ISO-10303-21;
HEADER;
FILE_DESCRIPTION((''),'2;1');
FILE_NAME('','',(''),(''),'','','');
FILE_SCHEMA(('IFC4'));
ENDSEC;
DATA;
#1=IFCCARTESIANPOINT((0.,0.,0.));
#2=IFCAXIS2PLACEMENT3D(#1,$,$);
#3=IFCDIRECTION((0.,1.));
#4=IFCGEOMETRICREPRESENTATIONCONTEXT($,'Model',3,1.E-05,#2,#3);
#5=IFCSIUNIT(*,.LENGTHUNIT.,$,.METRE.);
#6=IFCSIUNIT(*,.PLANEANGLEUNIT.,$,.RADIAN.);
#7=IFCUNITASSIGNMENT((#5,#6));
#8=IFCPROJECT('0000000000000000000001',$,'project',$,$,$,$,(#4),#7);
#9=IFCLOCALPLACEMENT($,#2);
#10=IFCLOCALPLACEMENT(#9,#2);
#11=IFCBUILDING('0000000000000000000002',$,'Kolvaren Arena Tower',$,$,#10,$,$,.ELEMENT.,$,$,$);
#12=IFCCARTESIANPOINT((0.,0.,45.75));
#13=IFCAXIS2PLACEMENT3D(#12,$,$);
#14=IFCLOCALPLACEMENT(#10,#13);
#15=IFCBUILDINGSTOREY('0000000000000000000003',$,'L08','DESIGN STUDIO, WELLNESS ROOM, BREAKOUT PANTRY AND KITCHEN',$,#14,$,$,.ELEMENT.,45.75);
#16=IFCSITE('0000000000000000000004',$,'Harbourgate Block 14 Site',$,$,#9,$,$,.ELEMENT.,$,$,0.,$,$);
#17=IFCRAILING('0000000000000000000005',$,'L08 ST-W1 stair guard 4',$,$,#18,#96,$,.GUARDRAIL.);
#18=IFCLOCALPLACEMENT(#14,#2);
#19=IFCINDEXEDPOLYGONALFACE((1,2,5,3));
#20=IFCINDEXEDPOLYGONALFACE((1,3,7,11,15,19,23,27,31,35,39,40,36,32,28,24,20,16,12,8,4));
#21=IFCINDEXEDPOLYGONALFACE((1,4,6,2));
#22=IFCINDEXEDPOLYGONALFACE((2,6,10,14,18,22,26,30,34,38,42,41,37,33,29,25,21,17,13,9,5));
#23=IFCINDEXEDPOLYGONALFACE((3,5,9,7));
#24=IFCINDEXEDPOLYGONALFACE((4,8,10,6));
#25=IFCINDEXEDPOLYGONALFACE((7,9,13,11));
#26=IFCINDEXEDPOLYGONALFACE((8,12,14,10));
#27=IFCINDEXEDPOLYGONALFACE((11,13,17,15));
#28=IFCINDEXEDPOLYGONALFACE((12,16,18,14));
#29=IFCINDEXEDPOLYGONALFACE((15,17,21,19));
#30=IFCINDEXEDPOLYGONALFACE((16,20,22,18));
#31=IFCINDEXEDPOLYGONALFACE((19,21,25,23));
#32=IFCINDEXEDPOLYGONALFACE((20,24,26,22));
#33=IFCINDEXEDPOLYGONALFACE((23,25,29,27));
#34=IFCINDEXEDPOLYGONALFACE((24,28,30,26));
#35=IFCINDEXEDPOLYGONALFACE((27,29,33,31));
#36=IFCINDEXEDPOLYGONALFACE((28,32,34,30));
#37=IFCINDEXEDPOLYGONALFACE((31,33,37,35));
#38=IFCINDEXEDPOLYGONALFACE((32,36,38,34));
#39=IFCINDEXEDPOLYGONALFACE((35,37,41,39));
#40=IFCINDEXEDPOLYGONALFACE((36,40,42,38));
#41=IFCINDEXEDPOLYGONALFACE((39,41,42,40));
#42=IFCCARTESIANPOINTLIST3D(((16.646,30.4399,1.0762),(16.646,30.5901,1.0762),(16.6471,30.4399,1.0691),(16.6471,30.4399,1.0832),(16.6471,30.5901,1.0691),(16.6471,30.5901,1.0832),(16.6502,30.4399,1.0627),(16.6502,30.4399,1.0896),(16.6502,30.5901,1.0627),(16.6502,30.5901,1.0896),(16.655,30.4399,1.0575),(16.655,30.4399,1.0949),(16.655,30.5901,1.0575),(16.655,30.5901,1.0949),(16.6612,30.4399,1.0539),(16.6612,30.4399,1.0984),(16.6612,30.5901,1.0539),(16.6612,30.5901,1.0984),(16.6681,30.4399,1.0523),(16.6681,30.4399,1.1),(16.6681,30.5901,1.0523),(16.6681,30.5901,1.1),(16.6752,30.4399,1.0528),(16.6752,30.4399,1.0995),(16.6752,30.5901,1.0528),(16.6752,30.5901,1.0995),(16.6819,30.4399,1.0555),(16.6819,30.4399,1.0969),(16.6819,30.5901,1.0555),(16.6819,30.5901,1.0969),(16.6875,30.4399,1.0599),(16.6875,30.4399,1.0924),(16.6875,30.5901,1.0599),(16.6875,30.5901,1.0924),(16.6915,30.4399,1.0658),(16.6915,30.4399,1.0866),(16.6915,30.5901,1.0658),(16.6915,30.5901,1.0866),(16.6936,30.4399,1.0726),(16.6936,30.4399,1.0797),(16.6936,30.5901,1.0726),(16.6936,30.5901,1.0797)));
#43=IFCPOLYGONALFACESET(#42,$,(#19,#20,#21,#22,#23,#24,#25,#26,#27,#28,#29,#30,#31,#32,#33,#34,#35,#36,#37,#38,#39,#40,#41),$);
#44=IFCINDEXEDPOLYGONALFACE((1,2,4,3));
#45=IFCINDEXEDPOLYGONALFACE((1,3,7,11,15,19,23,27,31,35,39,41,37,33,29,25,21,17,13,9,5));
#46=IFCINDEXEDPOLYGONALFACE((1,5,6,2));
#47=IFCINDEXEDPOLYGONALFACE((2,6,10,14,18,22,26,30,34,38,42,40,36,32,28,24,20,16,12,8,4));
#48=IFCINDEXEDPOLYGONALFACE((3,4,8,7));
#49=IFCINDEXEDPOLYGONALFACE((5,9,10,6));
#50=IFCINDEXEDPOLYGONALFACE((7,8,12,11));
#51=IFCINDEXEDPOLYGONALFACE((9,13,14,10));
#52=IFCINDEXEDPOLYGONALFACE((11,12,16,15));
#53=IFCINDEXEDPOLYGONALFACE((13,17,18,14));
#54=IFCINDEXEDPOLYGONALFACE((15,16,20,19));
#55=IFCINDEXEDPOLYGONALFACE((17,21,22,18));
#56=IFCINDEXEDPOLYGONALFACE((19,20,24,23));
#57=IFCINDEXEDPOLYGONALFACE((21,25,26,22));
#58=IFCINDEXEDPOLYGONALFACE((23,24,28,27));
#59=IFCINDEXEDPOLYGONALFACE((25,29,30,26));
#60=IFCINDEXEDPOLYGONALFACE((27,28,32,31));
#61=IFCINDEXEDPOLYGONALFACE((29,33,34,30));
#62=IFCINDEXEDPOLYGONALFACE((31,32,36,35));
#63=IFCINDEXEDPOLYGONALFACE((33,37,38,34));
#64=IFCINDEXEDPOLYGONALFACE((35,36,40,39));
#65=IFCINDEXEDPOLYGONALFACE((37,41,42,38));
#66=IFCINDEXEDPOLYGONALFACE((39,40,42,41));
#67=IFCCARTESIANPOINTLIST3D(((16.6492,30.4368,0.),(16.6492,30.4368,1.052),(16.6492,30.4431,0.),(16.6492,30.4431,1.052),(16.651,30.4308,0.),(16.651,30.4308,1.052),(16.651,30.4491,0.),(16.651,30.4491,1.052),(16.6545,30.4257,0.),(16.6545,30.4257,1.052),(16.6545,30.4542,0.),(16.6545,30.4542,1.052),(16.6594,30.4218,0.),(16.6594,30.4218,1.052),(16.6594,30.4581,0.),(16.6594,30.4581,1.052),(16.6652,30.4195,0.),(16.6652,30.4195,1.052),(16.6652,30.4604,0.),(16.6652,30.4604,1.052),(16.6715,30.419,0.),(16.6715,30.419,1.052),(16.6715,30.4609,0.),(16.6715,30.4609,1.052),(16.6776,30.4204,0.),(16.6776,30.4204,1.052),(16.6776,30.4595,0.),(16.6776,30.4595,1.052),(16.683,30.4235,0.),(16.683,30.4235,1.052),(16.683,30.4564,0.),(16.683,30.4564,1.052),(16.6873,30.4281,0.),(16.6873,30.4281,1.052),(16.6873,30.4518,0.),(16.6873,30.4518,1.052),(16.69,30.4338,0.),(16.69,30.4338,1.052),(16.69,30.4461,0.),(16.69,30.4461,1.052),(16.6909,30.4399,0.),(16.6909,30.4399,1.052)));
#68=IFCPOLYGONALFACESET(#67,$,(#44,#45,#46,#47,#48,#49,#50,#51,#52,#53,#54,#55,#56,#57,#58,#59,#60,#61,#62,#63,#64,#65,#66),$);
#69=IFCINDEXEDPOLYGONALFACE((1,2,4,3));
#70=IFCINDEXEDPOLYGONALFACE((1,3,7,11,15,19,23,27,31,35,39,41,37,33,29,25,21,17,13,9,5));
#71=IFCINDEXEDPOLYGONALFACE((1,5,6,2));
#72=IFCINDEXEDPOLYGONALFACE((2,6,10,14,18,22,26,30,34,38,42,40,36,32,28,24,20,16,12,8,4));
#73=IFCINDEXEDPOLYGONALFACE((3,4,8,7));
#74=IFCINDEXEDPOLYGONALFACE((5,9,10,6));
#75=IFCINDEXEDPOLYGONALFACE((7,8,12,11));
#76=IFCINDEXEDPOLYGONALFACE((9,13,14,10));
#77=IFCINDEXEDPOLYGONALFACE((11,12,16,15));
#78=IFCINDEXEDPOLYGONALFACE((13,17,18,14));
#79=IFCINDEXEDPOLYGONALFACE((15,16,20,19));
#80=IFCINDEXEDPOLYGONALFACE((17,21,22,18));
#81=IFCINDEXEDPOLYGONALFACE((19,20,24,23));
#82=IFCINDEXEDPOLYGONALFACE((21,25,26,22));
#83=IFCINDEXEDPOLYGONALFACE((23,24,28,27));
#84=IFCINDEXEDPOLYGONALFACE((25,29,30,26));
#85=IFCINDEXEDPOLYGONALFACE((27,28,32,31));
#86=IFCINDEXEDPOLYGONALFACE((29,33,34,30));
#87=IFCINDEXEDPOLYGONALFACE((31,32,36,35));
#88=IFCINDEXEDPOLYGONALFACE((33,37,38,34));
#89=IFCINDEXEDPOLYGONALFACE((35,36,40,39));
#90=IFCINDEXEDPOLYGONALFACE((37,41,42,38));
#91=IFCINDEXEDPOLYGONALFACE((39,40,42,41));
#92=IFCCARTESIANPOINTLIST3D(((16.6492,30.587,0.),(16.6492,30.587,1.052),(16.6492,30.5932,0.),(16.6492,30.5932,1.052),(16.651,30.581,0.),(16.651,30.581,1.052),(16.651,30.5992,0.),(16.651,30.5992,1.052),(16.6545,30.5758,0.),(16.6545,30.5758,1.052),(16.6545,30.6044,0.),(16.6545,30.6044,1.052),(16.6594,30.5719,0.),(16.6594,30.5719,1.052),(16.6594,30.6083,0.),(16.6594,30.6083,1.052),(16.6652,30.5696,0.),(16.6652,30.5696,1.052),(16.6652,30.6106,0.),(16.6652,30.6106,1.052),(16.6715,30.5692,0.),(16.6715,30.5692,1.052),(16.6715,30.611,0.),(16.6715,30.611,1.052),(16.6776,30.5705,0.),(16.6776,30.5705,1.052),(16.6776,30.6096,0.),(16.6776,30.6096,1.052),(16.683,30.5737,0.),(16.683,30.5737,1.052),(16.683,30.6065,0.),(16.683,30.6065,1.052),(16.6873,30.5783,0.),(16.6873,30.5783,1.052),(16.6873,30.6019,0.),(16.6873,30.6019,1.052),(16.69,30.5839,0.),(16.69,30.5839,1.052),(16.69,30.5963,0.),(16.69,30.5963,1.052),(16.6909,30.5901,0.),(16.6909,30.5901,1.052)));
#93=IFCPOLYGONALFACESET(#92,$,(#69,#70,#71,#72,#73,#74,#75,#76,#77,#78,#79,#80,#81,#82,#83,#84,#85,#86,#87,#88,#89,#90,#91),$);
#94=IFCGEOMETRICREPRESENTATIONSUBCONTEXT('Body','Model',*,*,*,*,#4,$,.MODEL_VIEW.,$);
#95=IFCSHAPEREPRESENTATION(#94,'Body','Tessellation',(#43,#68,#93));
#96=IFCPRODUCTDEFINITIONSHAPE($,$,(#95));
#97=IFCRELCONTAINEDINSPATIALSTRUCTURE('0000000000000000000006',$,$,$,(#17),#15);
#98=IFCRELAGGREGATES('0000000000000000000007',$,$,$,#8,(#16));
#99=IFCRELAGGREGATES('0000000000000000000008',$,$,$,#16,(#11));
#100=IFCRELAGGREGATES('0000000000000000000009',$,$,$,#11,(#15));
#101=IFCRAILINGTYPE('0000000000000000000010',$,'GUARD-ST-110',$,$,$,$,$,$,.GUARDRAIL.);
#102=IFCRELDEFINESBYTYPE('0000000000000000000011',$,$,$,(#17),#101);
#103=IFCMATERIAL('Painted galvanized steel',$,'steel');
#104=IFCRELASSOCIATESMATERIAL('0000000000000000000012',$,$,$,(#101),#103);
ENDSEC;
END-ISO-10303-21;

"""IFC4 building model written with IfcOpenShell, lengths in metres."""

from ifc_helpers import new_model, si_unit, direction, frame, origin, origin_2d, place, context, subcontext, project, spatial, circle, extrude, material, type_object, element, save


model = new_model("IFC4")

# Units and contexts
model_context = context("Model", 3, precision=1e-05, world=origin(), true_north=direction((0.0, 1.0)))
body_context = subcontext(model_context, "Body", "Model", "MODEL_VIEW")
ifc_project = project(units=[si_unit("LENGTHUNIT", "METRE"), si_unit("PLANEANGLEUNIT", "RADIAN")], contexts=[model_context])

# Site, building, storey
site_placement = place(None, origin())
site = spatial("IfcSite", under=ifc_project, at=site_placement, Name="Harbourgate Block 14 Site", CompositionType="ELEMENT", RefElevation=0.0)
building_placement = place(site_placement, origin())
building = spatial("IfcBuilding", under=site, at=building_placement, Name="Kolvaren Arena Tower", CompositionType="ELEMENT")
storey_placement = place(building_placement, frame((0.0, 0.0, 45.75)))
storey = spatial("IfcBuildingStorey", under=building, at=storey_placement, Name="L08", Description="DESIGN STUDIO, WELLNESS ROOM, BREAKOUT PANTRY AND KITCHEN", CompositionType="ELEMENT", Elevation=45.75)

# Railing
ifc_material_1 = material(Name="Painted galvanized steel", Category="steel")
railing_type_1 = type_object("IfcRailingType", Name="GUARD-ST-110", PredefinedType="GUARDRAIL", material=ifc_material_1)
railing_1_placement = place(storey_placement, frame((16.6699, 30.4399, 0.0)))
element("IfcRailing", 1, at=railing_1_placement, inside=storey, type_object=railing_type_1, Name="L08 ST-W1 stair guard 4", PredefinedType="GUARDRAIL", context=body_context, shape_type="SweptSolid", body=[
    extrude(circle(Radius=0.0239, at=origin_2d()), frame((0.0, 0.0, 1.0762), z_axis=(0.0, 1.0, 0.0), x_axis=(-1.0, 0.0, 0.0)), (0.0, 0.0, 1.0), 0.1501),
    extrude(circle(Radius=0.021, at=origin_2d()), origin(), (0.0, 0.0, 1.0), 1.052),
    extrude(circle(Radius=0.021, at=origin_2d()), frame((0.0, 0.1501, 0.0)), (0.0, 0.0, 1.0), 1.052),
])

save(model, "model.ifc")
